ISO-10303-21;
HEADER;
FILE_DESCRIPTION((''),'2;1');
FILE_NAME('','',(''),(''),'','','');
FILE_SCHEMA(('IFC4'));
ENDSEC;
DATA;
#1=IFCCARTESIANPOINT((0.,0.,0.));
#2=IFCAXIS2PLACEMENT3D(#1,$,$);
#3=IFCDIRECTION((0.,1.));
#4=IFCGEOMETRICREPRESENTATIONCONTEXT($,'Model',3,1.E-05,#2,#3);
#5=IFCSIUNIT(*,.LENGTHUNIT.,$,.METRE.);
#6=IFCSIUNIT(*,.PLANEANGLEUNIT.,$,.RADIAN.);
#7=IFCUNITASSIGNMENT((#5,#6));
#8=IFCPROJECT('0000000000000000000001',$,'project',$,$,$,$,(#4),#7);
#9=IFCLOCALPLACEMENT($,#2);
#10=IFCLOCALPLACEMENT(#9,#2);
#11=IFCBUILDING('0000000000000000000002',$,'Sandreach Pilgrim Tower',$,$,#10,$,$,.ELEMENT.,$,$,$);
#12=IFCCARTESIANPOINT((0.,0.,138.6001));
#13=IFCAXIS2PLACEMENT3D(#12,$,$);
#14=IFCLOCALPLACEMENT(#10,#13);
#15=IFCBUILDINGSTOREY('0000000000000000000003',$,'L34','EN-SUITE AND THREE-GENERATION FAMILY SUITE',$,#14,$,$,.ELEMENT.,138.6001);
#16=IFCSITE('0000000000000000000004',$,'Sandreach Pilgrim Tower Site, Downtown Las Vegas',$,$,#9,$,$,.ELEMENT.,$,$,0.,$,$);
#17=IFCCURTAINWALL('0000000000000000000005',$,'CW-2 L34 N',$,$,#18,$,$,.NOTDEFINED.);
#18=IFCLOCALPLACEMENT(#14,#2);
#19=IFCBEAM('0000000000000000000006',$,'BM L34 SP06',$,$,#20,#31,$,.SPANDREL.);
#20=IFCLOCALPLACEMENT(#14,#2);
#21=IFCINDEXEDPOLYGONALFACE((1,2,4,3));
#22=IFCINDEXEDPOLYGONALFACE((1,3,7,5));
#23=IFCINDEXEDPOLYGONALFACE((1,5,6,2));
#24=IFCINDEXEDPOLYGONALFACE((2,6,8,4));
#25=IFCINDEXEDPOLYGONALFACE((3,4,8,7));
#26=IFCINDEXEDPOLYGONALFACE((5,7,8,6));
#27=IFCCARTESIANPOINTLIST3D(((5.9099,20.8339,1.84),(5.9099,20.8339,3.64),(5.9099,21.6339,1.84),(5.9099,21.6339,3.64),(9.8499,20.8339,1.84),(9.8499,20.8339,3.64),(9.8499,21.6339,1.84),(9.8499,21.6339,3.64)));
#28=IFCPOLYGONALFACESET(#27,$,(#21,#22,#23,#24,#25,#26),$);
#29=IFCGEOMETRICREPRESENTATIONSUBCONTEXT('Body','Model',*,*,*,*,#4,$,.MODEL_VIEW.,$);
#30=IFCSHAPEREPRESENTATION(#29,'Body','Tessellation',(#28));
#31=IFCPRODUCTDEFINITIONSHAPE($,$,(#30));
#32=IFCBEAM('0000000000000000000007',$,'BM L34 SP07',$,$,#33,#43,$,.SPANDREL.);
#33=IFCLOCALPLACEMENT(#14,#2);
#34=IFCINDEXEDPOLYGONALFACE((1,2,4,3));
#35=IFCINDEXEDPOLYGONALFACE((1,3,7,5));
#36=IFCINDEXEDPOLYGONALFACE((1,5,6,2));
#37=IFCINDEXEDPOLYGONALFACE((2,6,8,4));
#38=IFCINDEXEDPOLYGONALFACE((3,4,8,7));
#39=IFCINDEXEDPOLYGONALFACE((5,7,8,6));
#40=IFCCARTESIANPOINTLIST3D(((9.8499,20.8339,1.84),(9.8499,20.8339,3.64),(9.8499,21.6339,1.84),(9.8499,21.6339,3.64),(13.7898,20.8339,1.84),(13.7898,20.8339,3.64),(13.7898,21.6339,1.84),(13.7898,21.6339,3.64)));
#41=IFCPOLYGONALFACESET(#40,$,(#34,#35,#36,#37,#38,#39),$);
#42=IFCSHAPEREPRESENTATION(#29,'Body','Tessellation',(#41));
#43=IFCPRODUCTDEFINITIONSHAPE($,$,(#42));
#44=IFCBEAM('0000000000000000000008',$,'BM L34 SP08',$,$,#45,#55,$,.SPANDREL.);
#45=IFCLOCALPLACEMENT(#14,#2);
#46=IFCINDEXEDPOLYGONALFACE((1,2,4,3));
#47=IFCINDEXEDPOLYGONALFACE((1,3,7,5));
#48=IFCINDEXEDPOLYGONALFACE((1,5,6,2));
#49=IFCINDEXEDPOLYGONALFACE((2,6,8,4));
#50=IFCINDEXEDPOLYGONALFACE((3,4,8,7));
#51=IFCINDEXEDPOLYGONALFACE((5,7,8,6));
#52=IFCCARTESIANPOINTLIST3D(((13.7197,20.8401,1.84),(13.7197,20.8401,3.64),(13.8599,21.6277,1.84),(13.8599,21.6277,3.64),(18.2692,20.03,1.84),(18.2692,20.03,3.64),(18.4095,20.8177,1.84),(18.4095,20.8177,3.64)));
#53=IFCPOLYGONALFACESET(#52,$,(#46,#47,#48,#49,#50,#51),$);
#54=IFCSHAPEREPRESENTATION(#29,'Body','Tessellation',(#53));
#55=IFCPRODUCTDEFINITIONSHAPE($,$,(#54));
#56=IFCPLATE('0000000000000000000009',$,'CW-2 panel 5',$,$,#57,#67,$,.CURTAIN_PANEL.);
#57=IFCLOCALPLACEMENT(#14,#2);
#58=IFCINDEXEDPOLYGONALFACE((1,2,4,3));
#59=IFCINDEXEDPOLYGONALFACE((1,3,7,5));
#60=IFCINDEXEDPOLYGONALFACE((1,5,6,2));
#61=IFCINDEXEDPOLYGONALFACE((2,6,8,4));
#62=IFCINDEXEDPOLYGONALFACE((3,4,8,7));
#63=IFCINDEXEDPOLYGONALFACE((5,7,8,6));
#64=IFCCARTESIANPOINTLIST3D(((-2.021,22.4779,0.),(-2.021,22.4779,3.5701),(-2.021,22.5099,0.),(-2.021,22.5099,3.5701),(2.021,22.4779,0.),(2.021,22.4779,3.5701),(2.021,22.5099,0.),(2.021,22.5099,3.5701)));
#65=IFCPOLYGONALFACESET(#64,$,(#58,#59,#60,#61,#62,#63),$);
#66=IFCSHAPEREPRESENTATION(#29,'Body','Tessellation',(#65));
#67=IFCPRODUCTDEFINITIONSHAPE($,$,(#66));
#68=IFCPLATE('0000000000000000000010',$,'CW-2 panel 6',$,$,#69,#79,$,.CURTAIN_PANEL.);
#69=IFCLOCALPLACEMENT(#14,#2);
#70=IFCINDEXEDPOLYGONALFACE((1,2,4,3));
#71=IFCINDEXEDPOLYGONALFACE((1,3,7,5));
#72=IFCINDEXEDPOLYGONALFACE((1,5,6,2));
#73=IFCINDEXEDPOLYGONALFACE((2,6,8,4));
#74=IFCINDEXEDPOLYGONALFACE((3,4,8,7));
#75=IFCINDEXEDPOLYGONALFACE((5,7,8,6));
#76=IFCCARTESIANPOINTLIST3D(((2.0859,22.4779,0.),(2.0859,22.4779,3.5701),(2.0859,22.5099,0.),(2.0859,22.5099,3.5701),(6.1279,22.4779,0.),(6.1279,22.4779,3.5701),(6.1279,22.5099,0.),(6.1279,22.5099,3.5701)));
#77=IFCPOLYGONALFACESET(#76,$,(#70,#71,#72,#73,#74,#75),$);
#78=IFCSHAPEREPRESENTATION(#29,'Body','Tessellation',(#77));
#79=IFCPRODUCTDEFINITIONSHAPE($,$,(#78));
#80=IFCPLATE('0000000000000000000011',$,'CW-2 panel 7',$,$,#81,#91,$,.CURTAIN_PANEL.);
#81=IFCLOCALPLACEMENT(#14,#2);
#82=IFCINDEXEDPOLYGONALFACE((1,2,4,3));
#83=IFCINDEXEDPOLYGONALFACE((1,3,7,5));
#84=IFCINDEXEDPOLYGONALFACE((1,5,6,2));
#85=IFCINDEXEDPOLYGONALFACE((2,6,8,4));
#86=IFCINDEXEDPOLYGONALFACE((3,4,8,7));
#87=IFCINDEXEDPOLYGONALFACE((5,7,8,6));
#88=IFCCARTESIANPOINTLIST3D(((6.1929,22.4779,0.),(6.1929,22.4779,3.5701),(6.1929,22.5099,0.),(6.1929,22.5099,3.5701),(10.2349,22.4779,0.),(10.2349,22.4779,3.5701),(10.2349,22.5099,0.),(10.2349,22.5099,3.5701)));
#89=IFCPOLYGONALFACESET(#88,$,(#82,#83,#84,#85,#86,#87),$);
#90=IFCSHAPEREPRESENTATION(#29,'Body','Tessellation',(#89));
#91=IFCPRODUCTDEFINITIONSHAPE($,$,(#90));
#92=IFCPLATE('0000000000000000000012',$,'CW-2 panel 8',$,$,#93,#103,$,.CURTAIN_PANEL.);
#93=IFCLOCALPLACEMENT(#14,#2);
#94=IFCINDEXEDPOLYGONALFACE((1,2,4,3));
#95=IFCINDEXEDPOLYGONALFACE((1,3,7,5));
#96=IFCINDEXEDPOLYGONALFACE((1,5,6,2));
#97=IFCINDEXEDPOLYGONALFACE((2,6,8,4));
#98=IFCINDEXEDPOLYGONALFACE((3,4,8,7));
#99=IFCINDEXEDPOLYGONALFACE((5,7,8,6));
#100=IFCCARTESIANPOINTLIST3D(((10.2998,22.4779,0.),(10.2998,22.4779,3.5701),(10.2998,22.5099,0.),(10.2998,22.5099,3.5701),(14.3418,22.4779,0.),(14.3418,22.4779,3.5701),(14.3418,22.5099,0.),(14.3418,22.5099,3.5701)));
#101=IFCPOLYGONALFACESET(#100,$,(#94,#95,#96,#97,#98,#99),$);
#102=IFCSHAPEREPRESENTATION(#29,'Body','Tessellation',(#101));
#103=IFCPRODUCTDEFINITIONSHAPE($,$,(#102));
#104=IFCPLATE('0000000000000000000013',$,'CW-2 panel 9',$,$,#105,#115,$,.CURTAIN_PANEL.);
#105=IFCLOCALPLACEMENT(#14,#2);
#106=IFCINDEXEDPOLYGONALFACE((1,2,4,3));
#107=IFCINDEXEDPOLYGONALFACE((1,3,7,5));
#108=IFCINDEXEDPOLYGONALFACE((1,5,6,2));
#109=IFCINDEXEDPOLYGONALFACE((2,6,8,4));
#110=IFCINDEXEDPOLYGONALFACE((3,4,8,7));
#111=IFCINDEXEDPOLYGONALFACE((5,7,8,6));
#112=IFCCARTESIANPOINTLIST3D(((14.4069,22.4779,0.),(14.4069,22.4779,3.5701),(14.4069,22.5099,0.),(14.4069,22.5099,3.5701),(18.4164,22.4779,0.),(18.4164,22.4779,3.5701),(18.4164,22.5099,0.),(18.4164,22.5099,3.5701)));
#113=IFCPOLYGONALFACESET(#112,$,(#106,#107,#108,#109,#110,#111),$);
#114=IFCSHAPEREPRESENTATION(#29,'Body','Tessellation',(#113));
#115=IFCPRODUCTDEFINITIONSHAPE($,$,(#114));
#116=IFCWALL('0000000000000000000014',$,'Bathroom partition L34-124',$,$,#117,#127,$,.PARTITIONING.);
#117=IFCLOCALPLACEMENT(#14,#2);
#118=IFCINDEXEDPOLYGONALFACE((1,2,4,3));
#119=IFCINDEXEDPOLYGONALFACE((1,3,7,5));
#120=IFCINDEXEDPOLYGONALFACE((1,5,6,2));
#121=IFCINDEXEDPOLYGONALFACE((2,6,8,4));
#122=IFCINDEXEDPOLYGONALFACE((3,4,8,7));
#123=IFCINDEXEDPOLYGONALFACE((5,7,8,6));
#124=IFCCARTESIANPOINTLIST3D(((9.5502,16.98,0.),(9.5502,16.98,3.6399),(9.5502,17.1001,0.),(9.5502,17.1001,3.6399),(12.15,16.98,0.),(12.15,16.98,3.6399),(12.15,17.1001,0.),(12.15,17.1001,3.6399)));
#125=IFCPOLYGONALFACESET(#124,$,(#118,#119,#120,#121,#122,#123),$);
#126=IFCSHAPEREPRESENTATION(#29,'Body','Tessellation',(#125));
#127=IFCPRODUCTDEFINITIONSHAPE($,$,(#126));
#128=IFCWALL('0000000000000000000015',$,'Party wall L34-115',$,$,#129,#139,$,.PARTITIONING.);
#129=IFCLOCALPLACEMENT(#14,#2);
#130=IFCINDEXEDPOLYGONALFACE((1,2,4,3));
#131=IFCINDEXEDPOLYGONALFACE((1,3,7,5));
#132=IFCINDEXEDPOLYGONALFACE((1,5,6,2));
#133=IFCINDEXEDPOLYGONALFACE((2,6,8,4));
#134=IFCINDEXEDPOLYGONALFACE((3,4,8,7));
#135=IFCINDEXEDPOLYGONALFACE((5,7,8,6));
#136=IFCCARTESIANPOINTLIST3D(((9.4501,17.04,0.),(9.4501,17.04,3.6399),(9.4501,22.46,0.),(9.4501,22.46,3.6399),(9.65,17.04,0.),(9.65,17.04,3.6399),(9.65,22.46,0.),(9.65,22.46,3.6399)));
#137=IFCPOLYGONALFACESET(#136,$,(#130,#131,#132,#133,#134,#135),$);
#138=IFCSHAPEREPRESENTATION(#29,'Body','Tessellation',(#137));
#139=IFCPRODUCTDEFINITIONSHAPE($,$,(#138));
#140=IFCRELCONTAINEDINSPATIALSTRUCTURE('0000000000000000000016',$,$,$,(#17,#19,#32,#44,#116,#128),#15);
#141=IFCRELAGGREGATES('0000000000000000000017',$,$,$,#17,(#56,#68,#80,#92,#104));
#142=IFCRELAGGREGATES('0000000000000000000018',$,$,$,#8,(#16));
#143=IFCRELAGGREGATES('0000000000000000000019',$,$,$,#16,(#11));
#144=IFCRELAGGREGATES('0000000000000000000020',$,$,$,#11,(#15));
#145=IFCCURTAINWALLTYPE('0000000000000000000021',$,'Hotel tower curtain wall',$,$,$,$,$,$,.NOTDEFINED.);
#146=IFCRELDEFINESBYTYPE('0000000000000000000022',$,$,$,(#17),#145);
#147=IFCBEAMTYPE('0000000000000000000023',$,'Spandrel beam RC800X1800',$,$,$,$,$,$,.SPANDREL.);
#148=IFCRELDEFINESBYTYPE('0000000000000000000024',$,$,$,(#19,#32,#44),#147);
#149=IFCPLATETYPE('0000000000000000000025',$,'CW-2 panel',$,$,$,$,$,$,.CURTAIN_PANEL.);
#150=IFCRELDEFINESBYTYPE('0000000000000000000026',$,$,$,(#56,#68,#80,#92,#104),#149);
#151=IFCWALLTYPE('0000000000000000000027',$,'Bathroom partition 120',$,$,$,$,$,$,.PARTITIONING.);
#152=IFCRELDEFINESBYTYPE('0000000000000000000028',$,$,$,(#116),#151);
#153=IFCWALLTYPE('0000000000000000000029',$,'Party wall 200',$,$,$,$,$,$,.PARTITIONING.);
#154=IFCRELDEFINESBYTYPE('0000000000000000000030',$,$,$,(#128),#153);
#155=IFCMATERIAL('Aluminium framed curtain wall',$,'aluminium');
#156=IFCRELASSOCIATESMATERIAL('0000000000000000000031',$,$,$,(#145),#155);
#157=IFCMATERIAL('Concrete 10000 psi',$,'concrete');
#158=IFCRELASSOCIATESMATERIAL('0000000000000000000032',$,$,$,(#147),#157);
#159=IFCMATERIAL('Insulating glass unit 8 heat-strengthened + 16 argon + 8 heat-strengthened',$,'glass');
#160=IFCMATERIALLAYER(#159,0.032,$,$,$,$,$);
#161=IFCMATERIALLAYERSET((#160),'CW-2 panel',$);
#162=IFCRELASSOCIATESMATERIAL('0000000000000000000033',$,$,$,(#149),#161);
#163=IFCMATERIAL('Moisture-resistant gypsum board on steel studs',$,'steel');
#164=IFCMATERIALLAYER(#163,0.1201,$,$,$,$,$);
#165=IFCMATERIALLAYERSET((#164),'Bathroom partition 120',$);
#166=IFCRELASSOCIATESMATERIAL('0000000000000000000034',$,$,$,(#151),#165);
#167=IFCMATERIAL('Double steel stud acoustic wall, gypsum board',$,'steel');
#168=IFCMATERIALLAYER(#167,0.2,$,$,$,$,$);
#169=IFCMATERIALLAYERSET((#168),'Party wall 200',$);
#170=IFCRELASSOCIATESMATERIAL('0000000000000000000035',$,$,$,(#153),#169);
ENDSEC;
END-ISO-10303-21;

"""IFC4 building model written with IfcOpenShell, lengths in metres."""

from ifc_helpers import new_model, si_unit, direction, frame, frame_2d, origin, origin_2d, place, context, subcontext, project, spatial, rectangle, extrude, material, layer, layer_set, material_profile, profile_set, type_object, element, aggregate, save


model = new_model("IFC4")

# Units and contexts
model_context = context("Model", 3, precision=1e-05, world=origin(), true_north=direction((0.0, 1.0)))
body_context = subcontext(model_context, "Body", "Model", "MODEL_VIEW")
ifc_project = project(units=[si_unit("LENGTHUNIT", "METRE"), si_unit("PLANEANGLEUNIT", "RADIAN")], contexts=[model_context])

# Site, building, storey
site_placement = place(None, origin())
site = spatial("IfcSite", under=ifc_project, at=site_placement, Name="Sandreach Pilgrim Tower Site, Downtown Las Vegas", CompositionType="ELEMENT", RefElevation=0.0)
building_placement = place(site_placement, origin())
building = spatial("IfcBuilding", under=site, at=building_placement, Name="Sandreach Pilgrim Tower", CompositionType="ELEMENT")
storey_placement = place(building_placement, frame((0.0, 0.0, 138.6001)))
storey = spatial("IfcBuildingStorey", under=building, at=storey_placement, Name="L34", Description="EN-SUITE AND THREE-GENERATION FAMILY SUITE", CompositionType="ELEMENT", Elevation=138.6001)

# Curtain wall
ifc_material_1 = material(Name="Aluminium framed curtain wall", Category="aluminium")
curtain_wall_type = type_object("IfcCurtainWallType", Name="Hotel tower curtain wall", PredefinedType="NOTDEFINED", material=ifc_material_1)
curtain_wall_placement = place(storey_placement, origin())
curtain_wall = element("IfcCurtainWall", 1, at=curtain_wall_placement, inside=storey, type_object=curtain_wall_type, Name="CW-2 L34 N", PredefinedType="NOTDEFINED")

# Beams
ifc_material_2 = material(Name="Concrete 10000 psi", Category="concrete")
ifc_material_profile_1 = material_profile(ifc_material_2, rectangle(XDim=0.8, YDim=1.8, at=origin_2d()), Name="RC800X1800")
ifc_profile_set_1 = profile_set([ifc_material_profile_1], Name="Concrete 10000 psi")
beam_type_1 = type_object("IfcBeamType", Name="Spandrel beam RC800X1800", PredefinedType="SPANDREL", material=ifc_profile_set_1)
for number, where, z_axis, x_axis, name in (
    (2, (5.9099, 21.2339, 2.74), (1.0, 0.0, 0.0), (0.0, 1.0, 0.0), "BM L34 SP06"),
    (3, (9.8499, 21.2339, 2.74), (1.0, 0.0, 0.0), (0.0, 1.0, 0.0), "BM L34 SP07"),
):
    element("IfcBeam", number, at=place(storey_placement, frame(where, z_axis=z_axis, x_axis=x_axis)), inside=storey, type_object=beam_type_1, Name=name, PredefinedType="SPANDREL", context=body_context, shape_type="SweptSolid", body=[
        extrude(rectangle(XDim=0.8, YDim=1.8, at=origin_2d()), origin(), (0.0, 0.0, 1.0), 3.9399),
    ])
beam_1_placement = place(storey_placement, frame((13.7898, 21.2339, 2.74), z_axis=(0.984516, -0.175295, 0.0), x_axis=(0.175295, 0.984516, 0.0)))
element("IfcBeam", 4, at=beam_1_placement, inside=storey, type_object=beam_type_1, Name="BM L34 SP08", PredefinedType="SPANDREL", context=body_context, shape_type="SweptSolid", body=[
    extrude(rectangle(XDim=0.8, YDim=1.8, at=origin_2d()), origin(), (0.0, 0.0, 1.0), 4.6211),
])

# Plates
ifc_material_3 = material(Name="Insulating glass unit 8 heat-strengthened + 16 argon + 8 heat-strengthened", Category="glass")
ifc_layer_1 = layer(ifc_material_3, 0.032)
ifc_layer_set_1 = layer_set([ifc_layer_1], Name="CW-2 panel")
plate_type = type_object("IfcPlateType", Name="CW-2 panel", PredefinedType="CURTAIN_PANEL", material=ifc_layer_set_1)
plate_1_placement = place(storey_placement, frame((0.0, 22.4939, 0.0), z_axis=(0.0, 0.0, 1.0), x_axis=(1.0, 0.0, 0.0)))
plate_1 = element("IfcPlate", 5, at=plate_1_placement, type_object=plate_type, Name="CW-2 panel 5", PredefinedType="CURTAIN_PANEL", context=body_context, shape_type="SweptSolid", body=[
    extrude(rectangle(XDim=4.042, YDim=0.032, at=origin_2d()), origin(), (0.0, 0.0, 1.0), 3.5701),
])
plate_2_placement = place(storey_placement, frame((4.1069, 22.4939, 0.0), z_axis=(0.0, 0.0, 1.0), x_axis=(1.0, 0.0, 0.0)))
plate_2 = element("IfcPlate", 6, at=plate_2_placement, type_object=plate_type, Name="CW-2 panel 6", PredefinedType="CURTAIN_PANEL", context=body_context, shape_type="SweptSolid", body=[
    extrude(rectangle(XDim=4.042, YDim=0.032, at=origin_2d()), origin(), (0.0, 0.0, 1.0), 3.5701),
])
plate_3_placement = place(storey_placement, frame((8.2139, 22.4939, 0.0), z_axis=(0.0, 0.0, 1.0), x_axis=(1.0, 0.0, 0.0)))
plate_3 = element("IfcPlate", 7, at=plate_3_placement, type_object=plate_type, Name="CW-2 panel 7", PredefinedType="CURTAIN_PANEL", context=body_context, shape_type="SweptSolid", body=[
    extrude(rectangle(XDim=4.042, YDim=0.032, at=origin_2d()), origin(), (0.0, 0.0, 1.0), 3.5701),
])
plate_4_placement = place(storey_placement, frame((12.3208, 22.4939, 0.0), z_axis=(0.0, 0.0, 1.0), x_axis=(1.0, 0.0, 0.0)))
plate_4 = element("IfcPlate", 8, at=plate_4_placement, type_object=plate_type, Name="CW-2 panel 8", PredefinedType="CURTAIN_PANEL", context=body_context, shape_type="SweptSolid", body=[
    extrude(rectangle(XDim=4.042, YDim=0.032, at=origin_2d()), origin(), (0.0, 0.0, 1.0), 3.5701),
])
plate_5_placement = place(storey_placement, frame((16.4116, 22.4939, 0.0), z_axis=(0.0, 0.0, 1.0), x_axis=(1.0, 0.0, 0.0)))
plate_5 = element("IfcPlate", 9, at=plate_5_placement, type_object=plate_type, Name="CW-2 panel 9", PredefinedType="CURTAIN_PANEL", context=body_context, shape_type="SweptSolid", body=[
    extrude(rectangle(XDim=4.0095, YDim=0.032, at=origin_2d()), origin(), (0.0, 0.0, 1.0), 3.5701),
])
aggregate(curtain_wall, [plate_1, plate_2, plate_3, plate_4, plate_5])

# Walls
ifc_material_4 = material(Name="Moisture-resistant gypsum board on steel studs", Category="steel")
ifc_layer_2 = layer(ifc_material_4, 0.1201)
ifc_layer_set_2 = layer_set([ifc_layer_2], Name="Bathroom partition 120")
wall_type_1 = type_object("IfcWallType", Name="Bathroom partition 120", PredefinedType="PARTITIONING", material=ifc_layer_set_2)
wall_1_placement = place(storey_placement, frame((12.1499, 17.04, 0.0), z_axis=(0.0, 0.0, 1.0), x_axis=(-1.0, 0.0, 0.0)))
element("IfcWall", 10, at=wall_1_placement, inside=storey, type_object=wall_type_1, Name="Bathroom partition L34-124", PredefinedType="PARTITIONING", context=body_context, shape_type="SweptSolid", body=[
    extrude(rectangle(XDim=2.5999, YDim=0.1201, at=frame_2d((1.2998, 0.0))), origin(), (0.0, 0.0, 1.0), 3.6399),
])
ifc_material_5 = material(Name="Double steel stud acoustic wall, gypsum board", Category="steel")
ifc_layer_3 = layer(ifc_material_5, 0.2)
ifc_layer_set_3 = layer_set([ifc_layer_3], Name="Party wall 200")
wall_type_2 = type_object("IfcWallType", Name="Party wall 200", PredefinedType="PARTITIONING", material=ifc_layer_set_3)
wall_2_placement = place(storey_placement, frame((9.55, 22.46, 0.0), z_axis=(0.0, 0.0, 1.0), x_axis=(0.0, -1.0, 0.0)))
element("IfcWall", 11, at=wall_2_placement, inside=storey, type_object=wall_type_2, Name="Party wall L34-115", PredefinedType="PARTITIONING", context=body_context, shape_type="SweptSolid", body=[
    extrude(rectangle(XDim=5.4199, YDim=0.2, at=frame_2d((2.71, 0.0))), origin(), (0.0, 0.0, 1.0), 3.6399),
])

save(model, "model.ifc")
